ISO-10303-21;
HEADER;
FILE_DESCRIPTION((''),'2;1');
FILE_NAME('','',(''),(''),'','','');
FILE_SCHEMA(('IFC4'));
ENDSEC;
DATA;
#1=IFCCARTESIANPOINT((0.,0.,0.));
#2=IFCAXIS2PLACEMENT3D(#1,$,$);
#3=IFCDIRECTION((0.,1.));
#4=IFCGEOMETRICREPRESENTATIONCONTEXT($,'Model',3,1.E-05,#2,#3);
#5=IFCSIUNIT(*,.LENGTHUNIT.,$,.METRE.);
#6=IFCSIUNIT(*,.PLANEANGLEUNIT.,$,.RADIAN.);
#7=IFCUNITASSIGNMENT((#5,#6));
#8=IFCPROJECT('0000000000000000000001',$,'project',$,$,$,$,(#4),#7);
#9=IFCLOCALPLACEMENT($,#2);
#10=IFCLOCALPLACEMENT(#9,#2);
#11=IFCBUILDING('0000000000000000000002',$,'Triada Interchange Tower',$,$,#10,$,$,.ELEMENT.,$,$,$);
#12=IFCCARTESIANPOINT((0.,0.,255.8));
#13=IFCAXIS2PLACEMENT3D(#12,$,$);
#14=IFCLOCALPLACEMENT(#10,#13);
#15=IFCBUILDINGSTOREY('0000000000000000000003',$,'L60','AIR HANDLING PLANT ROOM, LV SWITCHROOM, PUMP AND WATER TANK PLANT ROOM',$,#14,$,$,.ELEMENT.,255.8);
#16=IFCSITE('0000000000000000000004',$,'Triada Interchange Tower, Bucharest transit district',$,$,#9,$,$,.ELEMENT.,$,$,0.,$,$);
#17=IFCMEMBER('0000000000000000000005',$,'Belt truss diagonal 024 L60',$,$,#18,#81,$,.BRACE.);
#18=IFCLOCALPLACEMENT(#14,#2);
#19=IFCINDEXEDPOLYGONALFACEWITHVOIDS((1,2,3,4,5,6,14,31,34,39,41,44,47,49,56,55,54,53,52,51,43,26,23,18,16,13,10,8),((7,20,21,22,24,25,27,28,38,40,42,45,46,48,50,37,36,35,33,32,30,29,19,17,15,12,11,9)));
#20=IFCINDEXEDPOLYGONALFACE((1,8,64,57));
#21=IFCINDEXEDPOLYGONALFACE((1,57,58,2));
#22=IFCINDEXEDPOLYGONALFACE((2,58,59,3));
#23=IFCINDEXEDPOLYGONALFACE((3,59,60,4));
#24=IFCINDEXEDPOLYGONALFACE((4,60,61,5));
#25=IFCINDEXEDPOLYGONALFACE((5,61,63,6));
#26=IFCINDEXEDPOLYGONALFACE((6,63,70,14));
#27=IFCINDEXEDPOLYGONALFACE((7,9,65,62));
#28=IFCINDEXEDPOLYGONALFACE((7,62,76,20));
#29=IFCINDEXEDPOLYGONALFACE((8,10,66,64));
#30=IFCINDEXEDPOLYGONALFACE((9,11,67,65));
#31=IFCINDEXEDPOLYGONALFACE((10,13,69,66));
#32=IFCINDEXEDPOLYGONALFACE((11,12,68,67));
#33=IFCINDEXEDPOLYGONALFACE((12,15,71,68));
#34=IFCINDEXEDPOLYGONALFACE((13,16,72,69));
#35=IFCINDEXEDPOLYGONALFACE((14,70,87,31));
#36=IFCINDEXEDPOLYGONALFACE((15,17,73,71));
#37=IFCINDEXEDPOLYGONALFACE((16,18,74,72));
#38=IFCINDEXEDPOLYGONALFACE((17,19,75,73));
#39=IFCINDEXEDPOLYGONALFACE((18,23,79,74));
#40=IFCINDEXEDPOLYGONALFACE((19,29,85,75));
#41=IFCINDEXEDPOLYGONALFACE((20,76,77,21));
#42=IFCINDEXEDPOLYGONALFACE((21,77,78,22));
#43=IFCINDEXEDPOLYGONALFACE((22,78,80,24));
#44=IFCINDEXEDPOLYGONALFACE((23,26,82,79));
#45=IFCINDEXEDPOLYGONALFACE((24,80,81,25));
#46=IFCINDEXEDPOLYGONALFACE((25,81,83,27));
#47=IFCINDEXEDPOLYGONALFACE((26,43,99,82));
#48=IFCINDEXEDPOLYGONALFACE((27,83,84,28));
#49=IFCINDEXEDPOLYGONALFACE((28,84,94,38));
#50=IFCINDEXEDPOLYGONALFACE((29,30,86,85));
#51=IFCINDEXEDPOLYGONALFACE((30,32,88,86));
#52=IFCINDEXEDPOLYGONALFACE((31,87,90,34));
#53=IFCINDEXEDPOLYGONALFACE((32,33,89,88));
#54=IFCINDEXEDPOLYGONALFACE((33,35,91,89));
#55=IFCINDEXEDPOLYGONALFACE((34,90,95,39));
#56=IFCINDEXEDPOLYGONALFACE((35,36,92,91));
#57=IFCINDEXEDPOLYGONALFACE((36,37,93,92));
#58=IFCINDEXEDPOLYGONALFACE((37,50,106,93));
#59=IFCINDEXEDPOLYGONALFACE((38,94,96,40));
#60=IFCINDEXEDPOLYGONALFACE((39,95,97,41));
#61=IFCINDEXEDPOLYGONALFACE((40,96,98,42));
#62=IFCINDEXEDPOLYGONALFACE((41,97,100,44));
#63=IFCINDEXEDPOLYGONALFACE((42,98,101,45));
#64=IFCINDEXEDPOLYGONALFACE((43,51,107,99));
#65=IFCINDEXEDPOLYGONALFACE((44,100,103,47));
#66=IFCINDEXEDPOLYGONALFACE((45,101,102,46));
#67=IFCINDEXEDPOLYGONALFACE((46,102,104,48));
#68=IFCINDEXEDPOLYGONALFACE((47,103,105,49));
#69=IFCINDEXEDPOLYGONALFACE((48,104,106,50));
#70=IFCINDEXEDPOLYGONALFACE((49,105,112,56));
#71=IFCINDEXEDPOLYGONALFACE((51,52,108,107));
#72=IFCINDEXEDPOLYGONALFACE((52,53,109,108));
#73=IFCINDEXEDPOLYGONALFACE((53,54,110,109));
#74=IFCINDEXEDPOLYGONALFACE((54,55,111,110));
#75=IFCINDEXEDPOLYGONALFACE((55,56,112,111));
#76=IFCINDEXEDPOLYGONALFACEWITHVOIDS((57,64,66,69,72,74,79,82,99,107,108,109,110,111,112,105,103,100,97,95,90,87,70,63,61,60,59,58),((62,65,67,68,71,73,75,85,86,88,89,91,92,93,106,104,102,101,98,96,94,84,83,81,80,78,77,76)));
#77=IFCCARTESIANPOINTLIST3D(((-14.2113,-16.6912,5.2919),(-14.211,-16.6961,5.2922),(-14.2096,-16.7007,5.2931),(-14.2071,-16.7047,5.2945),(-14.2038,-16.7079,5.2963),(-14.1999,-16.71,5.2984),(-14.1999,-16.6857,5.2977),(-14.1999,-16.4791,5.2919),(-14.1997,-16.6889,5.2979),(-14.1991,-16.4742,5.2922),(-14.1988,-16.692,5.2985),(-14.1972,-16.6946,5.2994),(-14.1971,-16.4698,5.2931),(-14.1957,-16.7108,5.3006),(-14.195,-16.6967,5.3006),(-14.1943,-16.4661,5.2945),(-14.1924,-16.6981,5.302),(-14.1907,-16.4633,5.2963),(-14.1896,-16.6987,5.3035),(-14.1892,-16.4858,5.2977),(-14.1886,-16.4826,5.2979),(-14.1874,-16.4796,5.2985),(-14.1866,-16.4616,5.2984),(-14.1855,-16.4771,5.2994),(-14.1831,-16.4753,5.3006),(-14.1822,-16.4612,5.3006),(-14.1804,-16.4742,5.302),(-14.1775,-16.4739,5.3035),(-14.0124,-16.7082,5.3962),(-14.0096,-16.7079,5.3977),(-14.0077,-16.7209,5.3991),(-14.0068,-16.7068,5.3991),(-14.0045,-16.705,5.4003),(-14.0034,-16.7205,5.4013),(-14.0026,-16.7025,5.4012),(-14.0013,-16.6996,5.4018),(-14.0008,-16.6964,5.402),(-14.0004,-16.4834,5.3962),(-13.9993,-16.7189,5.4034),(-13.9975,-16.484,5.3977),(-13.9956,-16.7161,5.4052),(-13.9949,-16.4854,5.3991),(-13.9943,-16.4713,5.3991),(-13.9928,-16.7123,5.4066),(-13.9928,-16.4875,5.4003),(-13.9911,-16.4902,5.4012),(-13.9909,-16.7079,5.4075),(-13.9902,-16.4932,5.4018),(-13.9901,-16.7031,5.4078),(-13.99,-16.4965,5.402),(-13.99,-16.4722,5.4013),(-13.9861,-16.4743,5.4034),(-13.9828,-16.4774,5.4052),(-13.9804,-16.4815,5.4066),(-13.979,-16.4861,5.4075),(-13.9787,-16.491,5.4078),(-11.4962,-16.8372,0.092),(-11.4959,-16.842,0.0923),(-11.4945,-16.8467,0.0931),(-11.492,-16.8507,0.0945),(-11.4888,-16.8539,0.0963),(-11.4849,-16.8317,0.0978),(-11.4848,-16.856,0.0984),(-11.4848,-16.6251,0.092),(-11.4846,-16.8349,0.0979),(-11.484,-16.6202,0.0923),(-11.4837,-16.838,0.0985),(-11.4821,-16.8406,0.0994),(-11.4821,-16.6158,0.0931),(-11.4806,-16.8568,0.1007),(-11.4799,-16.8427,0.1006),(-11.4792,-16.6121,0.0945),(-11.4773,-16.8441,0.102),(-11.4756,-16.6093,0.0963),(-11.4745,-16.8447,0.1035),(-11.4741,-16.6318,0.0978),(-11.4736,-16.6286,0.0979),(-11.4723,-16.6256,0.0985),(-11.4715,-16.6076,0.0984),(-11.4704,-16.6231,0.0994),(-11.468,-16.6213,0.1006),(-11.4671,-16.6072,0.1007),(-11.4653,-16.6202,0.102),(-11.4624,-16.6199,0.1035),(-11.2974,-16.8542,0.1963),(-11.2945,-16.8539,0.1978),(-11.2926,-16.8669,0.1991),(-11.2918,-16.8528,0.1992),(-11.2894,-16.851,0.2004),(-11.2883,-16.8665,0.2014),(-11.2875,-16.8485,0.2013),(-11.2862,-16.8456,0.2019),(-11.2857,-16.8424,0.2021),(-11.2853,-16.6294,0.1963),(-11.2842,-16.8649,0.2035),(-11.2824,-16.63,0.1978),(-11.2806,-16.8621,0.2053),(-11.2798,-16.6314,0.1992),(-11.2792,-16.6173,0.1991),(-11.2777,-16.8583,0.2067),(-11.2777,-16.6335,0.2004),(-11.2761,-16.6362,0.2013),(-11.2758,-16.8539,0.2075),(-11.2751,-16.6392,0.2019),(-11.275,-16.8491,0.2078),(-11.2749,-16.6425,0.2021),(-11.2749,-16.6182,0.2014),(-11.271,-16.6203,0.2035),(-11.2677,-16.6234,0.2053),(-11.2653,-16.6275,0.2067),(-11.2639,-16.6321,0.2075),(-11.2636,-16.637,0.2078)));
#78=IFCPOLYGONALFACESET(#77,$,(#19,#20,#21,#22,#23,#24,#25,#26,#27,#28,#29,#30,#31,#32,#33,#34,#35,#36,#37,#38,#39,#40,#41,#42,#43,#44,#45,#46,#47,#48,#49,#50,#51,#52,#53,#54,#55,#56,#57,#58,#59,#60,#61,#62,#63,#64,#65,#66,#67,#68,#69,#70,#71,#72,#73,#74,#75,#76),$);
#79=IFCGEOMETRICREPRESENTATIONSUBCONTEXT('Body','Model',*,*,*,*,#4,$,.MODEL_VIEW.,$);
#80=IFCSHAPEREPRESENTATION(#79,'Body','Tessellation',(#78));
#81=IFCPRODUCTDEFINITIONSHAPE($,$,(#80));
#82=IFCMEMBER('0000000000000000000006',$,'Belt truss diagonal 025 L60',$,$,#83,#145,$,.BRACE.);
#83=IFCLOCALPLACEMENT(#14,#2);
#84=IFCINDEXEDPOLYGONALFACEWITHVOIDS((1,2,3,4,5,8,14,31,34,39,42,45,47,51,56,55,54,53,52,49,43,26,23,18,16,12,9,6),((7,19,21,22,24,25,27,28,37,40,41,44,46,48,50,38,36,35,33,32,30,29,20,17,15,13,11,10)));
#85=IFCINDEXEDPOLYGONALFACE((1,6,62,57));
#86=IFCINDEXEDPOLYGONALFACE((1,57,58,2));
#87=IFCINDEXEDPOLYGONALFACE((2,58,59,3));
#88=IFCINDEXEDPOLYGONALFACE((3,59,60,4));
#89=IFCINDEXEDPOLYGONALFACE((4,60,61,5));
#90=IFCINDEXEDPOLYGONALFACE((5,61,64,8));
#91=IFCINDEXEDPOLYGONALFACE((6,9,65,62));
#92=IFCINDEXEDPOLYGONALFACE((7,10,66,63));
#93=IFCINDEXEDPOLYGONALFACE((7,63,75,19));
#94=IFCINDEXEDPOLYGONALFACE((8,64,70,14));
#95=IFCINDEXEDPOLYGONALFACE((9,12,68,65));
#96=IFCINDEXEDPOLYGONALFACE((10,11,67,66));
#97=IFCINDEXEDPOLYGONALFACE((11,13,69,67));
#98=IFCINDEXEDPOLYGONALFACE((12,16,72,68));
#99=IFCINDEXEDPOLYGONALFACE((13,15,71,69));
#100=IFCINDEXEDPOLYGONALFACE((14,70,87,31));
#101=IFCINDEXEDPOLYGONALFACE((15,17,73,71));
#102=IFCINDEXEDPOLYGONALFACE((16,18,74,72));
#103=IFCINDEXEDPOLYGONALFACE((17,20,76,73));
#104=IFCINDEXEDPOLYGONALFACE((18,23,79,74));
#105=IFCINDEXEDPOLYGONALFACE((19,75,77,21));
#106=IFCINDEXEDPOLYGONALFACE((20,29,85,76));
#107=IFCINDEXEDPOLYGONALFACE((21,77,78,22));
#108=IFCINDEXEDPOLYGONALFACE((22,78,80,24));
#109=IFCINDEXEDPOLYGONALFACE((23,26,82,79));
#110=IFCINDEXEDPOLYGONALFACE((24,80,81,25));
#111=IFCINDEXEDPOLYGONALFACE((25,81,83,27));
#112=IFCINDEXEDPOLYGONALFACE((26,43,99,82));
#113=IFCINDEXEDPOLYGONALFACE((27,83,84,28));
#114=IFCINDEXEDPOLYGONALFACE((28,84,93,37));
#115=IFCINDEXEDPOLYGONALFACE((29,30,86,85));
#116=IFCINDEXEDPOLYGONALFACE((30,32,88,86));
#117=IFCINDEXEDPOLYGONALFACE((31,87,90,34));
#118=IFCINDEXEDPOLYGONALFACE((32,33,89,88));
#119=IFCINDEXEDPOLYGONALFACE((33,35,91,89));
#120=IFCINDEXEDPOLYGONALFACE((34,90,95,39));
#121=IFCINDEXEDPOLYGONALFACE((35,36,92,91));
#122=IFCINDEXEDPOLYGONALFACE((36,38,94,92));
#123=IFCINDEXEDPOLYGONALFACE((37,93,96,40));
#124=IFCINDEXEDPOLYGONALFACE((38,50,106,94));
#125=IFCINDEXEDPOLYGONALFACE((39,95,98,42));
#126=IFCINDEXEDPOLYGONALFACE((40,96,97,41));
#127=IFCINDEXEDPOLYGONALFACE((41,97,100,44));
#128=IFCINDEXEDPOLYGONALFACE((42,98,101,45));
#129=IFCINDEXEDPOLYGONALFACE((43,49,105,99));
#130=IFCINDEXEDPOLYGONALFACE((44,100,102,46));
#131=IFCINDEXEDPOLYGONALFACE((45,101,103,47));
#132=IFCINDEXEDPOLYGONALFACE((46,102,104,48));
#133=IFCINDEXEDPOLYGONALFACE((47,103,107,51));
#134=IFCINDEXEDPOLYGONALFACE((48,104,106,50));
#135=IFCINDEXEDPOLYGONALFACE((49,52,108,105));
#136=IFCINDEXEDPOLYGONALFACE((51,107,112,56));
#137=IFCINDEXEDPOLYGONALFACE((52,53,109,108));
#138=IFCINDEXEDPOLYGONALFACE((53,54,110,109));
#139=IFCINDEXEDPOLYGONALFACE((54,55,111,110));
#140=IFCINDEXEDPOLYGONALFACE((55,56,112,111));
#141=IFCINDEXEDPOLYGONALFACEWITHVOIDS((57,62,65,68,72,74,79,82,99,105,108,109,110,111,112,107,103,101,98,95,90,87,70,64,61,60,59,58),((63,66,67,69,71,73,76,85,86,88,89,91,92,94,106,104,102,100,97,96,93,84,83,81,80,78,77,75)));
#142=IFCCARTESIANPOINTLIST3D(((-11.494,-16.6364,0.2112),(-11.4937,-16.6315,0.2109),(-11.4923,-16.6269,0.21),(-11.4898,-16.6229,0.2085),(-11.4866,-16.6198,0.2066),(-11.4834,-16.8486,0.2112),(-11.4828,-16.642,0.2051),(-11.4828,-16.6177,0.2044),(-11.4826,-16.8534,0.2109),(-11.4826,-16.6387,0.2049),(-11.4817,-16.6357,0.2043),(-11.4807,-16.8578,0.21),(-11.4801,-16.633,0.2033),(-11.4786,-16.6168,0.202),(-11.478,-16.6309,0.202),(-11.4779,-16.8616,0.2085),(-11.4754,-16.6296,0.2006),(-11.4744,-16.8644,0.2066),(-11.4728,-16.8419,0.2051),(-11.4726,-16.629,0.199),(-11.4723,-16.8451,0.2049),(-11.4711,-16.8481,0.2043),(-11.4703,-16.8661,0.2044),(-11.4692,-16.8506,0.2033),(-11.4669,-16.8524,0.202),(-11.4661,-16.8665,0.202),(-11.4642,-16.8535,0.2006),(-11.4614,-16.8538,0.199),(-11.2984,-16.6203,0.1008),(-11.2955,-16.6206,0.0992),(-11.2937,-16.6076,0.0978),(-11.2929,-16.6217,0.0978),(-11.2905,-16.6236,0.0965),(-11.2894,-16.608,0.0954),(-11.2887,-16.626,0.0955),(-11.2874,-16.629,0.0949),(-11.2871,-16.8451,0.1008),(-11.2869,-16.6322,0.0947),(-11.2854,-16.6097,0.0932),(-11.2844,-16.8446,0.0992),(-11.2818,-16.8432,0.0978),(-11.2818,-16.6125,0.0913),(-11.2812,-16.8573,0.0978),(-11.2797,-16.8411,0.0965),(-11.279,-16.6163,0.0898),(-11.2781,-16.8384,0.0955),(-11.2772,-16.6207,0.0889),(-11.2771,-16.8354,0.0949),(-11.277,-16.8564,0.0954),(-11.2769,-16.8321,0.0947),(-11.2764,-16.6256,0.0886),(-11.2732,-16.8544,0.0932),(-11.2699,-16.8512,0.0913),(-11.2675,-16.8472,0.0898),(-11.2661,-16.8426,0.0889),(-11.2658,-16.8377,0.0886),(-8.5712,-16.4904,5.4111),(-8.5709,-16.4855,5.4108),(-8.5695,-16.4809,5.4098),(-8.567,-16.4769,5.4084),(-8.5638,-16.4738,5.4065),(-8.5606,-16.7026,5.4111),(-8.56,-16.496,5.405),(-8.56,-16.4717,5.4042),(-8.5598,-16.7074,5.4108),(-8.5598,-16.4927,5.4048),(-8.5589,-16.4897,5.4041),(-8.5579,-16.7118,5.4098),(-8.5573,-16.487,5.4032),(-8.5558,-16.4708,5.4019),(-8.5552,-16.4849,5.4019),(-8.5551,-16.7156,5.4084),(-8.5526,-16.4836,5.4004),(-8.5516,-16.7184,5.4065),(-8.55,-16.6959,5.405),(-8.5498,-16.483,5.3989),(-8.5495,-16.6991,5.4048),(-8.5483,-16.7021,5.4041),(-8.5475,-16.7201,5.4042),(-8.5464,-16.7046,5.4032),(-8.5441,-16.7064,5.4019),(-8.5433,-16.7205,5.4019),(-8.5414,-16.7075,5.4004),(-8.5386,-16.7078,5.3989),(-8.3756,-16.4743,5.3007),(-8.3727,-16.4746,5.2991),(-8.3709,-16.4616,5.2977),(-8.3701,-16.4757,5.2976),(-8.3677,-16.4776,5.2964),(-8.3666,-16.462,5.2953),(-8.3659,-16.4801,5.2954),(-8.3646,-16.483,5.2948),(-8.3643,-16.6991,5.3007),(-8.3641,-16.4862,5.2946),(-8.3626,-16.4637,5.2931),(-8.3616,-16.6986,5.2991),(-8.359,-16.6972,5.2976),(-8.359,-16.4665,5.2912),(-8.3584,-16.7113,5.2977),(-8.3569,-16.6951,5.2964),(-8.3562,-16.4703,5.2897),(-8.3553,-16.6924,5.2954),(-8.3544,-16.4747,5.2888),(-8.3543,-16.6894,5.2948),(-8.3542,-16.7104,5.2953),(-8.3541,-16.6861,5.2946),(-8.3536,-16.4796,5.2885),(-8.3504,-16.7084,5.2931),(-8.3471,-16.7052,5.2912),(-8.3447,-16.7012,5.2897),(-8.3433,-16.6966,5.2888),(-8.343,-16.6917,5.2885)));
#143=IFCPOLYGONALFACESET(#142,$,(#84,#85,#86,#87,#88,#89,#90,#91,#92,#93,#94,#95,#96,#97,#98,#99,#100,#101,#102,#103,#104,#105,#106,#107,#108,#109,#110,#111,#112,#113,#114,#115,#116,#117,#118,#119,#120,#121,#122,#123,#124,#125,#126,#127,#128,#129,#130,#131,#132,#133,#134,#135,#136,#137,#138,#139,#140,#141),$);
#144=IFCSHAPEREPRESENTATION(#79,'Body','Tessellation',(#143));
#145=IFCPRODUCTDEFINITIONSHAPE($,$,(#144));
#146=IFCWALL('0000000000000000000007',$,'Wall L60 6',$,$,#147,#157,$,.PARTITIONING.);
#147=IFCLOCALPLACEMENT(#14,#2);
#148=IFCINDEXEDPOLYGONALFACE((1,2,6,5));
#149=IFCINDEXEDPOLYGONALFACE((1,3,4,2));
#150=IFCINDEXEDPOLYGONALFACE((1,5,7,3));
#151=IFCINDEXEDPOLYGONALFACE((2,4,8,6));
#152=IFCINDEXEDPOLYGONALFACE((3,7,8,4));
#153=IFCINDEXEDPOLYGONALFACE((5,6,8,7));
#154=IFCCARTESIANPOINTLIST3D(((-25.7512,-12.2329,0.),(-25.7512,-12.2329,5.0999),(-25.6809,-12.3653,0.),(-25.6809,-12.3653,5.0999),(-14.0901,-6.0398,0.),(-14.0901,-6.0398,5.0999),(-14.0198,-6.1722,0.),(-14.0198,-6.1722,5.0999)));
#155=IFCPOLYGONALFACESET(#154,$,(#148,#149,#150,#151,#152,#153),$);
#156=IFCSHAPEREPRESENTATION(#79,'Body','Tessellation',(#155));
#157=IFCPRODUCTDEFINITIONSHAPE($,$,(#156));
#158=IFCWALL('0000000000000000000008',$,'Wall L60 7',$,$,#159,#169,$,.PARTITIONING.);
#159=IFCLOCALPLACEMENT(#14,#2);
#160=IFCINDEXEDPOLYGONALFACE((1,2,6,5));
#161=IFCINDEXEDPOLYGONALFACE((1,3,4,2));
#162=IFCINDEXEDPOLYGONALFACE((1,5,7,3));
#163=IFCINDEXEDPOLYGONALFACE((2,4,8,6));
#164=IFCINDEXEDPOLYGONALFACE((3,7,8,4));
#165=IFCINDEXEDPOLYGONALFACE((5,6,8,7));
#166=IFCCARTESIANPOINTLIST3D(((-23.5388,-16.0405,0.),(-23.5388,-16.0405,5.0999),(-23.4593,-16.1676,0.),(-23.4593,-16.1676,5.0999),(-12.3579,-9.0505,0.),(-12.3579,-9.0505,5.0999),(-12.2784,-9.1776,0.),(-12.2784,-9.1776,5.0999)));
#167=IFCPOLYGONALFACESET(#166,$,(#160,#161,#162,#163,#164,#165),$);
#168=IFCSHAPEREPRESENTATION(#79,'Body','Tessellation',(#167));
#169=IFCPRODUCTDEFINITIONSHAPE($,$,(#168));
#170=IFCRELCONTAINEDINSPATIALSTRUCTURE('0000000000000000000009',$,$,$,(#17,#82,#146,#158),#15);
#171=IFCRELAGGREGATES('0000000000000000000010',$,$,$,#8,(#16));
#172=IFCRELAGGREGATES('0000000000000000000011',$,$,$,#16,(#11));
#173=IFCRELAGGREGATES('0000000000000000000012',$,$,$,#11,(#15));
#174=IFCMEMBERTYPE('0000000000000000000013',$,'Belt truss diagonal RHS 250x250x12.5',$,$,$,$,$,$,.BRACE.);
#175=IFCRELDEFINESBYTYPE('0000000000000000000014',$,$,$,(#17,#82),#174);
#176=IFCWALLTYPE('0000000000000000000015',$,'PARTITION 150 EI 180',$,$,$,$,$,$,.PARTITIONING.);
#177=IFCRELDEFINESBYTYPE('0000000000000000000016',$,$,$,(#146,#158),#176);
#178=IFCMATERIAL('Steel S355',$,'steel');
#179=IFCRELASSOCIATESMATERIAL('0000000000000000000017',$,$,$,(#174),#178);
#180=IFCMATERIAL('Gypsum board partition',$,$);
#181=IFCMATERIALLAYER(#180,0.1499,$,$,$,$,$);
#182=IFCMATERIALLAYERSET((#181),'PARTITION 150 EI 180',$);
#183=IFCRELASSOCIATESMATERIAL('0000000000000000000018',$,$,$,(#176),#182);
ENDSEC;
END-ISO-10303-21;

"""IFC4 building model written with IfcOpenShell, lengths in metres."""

from ifc_helpers import new_model, si_unit, direction, frame, frame_2d, origin, origin_2d, place, context, subcontext, project, spatial, rectangle, hollow_rectangle, extrude, material, layer, layer_set, material_profile, profile_set, type_object, element, save


model = new_model("IFC4")

# Units and contexts
model_context = context("Model", 3, precision=1e-05, world=origin(), true_north=direction((0.0, 1.0)))
body_context = subcontext(model_context, "Body", "Model", "MODEL_VIEW")
ifc_project = project(units=[si_unit("LENGTHUNIT", "METRE"), si_unit("PLANEANGLEUNIT", "RADIAN")], contexts=[model_context])

# Site, building, storey
site_placement = place(None, origin())
site = spatial("IfcSite", under=ifc_project, at=site_placement, Name="Triada Interchange Tower, Bucharest transit district", CompositionType="ELEMENT", RefElevation=0.0)
building_placement = place(site_placement, origin())
building = spatial("IfcBuilding", under=site, at=building_placement, Name="Triada Interchange Tower", CompositionType="ELEMENT")
storey_placement = place(building_placement, frame((0.0, 0.0, 255.8)))
storey = spatial("IfcBuildingStorey", under=building, at=storey_placement, Name="L60", Description="AIR HANDLING PLANT ROOM, LV SWITCHROOM, PUMP AND WATER TANK PLANT ROOM", CompositionType="ELEMENT", Elevation=255.8)

# Members
ifc_material_1 = material(Name="Steel S355", Category="steel")
ifc_material_profile_1 = material_profile(ifc_material_1, hollow_rectangle(XDim=0.25, YDim=0.25, WallThickness=0.0125, InnerFilletRadius=0.0125, OuterFilletRadius=0.0188, at=origin_2d()), Name="RHS 250x250x12.5")
ifc_profile_set_1 = profile_set([ifc_material_profile_1], Name="Steel S355")
member_type = type_object("IfcMemberType", Name="Belt truss diagonal RHS 250x250x12.5", PredefinedType="BRACE", material=ifc_profile_set_1)
member_1_placement = place(storey_placement, frame((-11.3799, -16.7371, 0.1499), z_axis=(-0.4627, 0.02488, 0.886166), x_axis=(-0.053695, -0.998557, 0.0)))
element("IfcMember", 1, at=member_1_placement, inside=storey, type_object=member_type, Name="Belt truss diagonal 024 L60", PredefinedType="BRACE", context=body_context, shape_type="SweptSolid", body=[
    extrude(hollow_rectangle(XDim=0.25, YDim=0.25, WallThickness=0.0125, InnerFilletRadius=0.0125, OuterFilletRadius=0.0188, at=origin_2d()), origin(), (0.0, 0.0, 1.0), 5.8679),
])
member_2_placement = place(storey_placement, frame((-11.3799, -16.7371, 0.1499), z_axis=(0.489844, 0.024468, 0.871466), x_axis=(-0.049888, 0.998755, 0.0)))
element("IfcMember", 2, at=member_2_placement, inside=storey, type_object=member_type, Name="Belt truss diagonal 025 L60", PredefinedType="BRACE", context=body_context, shape_type="SweptSolid", body=[
    extrude(hollow_rectangle(XDim=0.25, YDim=0.25, WallThickness=0.0125, InnerFilletRadius=0.0125, OuterFilletRadius=0.0188, at=origin_2d()), origin(), (0.0, 0.0, 1.0), 5.9668),
])

# Walls
ifc_material_2 = material(Name="Gypsum board partition")
ifc_layer = layer(ifc_material_2, 0.1499)
ifc_layer_set = layer_set([ifc_layer], Name="PARTITION 150 EI 180")
wall_type = type_object("IfcWallType", Name="PARTITION 150 EI 180", PredefinedType="PARTITIONING", material=ifc_layer_set)
wall_1_placement = place(storey_placement, frame((-25.7161, -12.2991, 0.0), z_axis=(0.0, 0.0, 1.0), x_axis=(0.883174, 0.469045, 0.0)))
element("IfcWall", 3, at=wall_1_placement, inside=storey, type_object=wall_type, Name="Wall L60 6", PredefinedType="PARTITIONING", context=body_context, shape_type="SweptSolid", body=[
    extrude(rectangle(XDim=13.2036, YDim=0.1499, at=frame_2d((6.6018, 0.0))), origin(), (0.0, 0.0, 1.0), 5.0999),
])
wall_2_placement = place(storey_placement, frame((-23.499, -16.104, 0.0), z_axis=(0.0, 0.0, 1.0), x_axis=(0.847933, 0.530104, 0.0)))
element("IfcWall", 4, at=wall_2_placement, inside=storey, type_object=wall_type, Name="Wall L60 7", PredefinedType="PARTITIONING", context=body_context, shape_type="SweptSolid", body=[
    extrude(rectangle(XDim=13.186, YDim=0.1499, at=frame_2d((6.593, 0.0))), origin(), (0.0, 0.0, 1.0), 5.0999),
])

save(model, "model.ifc")
